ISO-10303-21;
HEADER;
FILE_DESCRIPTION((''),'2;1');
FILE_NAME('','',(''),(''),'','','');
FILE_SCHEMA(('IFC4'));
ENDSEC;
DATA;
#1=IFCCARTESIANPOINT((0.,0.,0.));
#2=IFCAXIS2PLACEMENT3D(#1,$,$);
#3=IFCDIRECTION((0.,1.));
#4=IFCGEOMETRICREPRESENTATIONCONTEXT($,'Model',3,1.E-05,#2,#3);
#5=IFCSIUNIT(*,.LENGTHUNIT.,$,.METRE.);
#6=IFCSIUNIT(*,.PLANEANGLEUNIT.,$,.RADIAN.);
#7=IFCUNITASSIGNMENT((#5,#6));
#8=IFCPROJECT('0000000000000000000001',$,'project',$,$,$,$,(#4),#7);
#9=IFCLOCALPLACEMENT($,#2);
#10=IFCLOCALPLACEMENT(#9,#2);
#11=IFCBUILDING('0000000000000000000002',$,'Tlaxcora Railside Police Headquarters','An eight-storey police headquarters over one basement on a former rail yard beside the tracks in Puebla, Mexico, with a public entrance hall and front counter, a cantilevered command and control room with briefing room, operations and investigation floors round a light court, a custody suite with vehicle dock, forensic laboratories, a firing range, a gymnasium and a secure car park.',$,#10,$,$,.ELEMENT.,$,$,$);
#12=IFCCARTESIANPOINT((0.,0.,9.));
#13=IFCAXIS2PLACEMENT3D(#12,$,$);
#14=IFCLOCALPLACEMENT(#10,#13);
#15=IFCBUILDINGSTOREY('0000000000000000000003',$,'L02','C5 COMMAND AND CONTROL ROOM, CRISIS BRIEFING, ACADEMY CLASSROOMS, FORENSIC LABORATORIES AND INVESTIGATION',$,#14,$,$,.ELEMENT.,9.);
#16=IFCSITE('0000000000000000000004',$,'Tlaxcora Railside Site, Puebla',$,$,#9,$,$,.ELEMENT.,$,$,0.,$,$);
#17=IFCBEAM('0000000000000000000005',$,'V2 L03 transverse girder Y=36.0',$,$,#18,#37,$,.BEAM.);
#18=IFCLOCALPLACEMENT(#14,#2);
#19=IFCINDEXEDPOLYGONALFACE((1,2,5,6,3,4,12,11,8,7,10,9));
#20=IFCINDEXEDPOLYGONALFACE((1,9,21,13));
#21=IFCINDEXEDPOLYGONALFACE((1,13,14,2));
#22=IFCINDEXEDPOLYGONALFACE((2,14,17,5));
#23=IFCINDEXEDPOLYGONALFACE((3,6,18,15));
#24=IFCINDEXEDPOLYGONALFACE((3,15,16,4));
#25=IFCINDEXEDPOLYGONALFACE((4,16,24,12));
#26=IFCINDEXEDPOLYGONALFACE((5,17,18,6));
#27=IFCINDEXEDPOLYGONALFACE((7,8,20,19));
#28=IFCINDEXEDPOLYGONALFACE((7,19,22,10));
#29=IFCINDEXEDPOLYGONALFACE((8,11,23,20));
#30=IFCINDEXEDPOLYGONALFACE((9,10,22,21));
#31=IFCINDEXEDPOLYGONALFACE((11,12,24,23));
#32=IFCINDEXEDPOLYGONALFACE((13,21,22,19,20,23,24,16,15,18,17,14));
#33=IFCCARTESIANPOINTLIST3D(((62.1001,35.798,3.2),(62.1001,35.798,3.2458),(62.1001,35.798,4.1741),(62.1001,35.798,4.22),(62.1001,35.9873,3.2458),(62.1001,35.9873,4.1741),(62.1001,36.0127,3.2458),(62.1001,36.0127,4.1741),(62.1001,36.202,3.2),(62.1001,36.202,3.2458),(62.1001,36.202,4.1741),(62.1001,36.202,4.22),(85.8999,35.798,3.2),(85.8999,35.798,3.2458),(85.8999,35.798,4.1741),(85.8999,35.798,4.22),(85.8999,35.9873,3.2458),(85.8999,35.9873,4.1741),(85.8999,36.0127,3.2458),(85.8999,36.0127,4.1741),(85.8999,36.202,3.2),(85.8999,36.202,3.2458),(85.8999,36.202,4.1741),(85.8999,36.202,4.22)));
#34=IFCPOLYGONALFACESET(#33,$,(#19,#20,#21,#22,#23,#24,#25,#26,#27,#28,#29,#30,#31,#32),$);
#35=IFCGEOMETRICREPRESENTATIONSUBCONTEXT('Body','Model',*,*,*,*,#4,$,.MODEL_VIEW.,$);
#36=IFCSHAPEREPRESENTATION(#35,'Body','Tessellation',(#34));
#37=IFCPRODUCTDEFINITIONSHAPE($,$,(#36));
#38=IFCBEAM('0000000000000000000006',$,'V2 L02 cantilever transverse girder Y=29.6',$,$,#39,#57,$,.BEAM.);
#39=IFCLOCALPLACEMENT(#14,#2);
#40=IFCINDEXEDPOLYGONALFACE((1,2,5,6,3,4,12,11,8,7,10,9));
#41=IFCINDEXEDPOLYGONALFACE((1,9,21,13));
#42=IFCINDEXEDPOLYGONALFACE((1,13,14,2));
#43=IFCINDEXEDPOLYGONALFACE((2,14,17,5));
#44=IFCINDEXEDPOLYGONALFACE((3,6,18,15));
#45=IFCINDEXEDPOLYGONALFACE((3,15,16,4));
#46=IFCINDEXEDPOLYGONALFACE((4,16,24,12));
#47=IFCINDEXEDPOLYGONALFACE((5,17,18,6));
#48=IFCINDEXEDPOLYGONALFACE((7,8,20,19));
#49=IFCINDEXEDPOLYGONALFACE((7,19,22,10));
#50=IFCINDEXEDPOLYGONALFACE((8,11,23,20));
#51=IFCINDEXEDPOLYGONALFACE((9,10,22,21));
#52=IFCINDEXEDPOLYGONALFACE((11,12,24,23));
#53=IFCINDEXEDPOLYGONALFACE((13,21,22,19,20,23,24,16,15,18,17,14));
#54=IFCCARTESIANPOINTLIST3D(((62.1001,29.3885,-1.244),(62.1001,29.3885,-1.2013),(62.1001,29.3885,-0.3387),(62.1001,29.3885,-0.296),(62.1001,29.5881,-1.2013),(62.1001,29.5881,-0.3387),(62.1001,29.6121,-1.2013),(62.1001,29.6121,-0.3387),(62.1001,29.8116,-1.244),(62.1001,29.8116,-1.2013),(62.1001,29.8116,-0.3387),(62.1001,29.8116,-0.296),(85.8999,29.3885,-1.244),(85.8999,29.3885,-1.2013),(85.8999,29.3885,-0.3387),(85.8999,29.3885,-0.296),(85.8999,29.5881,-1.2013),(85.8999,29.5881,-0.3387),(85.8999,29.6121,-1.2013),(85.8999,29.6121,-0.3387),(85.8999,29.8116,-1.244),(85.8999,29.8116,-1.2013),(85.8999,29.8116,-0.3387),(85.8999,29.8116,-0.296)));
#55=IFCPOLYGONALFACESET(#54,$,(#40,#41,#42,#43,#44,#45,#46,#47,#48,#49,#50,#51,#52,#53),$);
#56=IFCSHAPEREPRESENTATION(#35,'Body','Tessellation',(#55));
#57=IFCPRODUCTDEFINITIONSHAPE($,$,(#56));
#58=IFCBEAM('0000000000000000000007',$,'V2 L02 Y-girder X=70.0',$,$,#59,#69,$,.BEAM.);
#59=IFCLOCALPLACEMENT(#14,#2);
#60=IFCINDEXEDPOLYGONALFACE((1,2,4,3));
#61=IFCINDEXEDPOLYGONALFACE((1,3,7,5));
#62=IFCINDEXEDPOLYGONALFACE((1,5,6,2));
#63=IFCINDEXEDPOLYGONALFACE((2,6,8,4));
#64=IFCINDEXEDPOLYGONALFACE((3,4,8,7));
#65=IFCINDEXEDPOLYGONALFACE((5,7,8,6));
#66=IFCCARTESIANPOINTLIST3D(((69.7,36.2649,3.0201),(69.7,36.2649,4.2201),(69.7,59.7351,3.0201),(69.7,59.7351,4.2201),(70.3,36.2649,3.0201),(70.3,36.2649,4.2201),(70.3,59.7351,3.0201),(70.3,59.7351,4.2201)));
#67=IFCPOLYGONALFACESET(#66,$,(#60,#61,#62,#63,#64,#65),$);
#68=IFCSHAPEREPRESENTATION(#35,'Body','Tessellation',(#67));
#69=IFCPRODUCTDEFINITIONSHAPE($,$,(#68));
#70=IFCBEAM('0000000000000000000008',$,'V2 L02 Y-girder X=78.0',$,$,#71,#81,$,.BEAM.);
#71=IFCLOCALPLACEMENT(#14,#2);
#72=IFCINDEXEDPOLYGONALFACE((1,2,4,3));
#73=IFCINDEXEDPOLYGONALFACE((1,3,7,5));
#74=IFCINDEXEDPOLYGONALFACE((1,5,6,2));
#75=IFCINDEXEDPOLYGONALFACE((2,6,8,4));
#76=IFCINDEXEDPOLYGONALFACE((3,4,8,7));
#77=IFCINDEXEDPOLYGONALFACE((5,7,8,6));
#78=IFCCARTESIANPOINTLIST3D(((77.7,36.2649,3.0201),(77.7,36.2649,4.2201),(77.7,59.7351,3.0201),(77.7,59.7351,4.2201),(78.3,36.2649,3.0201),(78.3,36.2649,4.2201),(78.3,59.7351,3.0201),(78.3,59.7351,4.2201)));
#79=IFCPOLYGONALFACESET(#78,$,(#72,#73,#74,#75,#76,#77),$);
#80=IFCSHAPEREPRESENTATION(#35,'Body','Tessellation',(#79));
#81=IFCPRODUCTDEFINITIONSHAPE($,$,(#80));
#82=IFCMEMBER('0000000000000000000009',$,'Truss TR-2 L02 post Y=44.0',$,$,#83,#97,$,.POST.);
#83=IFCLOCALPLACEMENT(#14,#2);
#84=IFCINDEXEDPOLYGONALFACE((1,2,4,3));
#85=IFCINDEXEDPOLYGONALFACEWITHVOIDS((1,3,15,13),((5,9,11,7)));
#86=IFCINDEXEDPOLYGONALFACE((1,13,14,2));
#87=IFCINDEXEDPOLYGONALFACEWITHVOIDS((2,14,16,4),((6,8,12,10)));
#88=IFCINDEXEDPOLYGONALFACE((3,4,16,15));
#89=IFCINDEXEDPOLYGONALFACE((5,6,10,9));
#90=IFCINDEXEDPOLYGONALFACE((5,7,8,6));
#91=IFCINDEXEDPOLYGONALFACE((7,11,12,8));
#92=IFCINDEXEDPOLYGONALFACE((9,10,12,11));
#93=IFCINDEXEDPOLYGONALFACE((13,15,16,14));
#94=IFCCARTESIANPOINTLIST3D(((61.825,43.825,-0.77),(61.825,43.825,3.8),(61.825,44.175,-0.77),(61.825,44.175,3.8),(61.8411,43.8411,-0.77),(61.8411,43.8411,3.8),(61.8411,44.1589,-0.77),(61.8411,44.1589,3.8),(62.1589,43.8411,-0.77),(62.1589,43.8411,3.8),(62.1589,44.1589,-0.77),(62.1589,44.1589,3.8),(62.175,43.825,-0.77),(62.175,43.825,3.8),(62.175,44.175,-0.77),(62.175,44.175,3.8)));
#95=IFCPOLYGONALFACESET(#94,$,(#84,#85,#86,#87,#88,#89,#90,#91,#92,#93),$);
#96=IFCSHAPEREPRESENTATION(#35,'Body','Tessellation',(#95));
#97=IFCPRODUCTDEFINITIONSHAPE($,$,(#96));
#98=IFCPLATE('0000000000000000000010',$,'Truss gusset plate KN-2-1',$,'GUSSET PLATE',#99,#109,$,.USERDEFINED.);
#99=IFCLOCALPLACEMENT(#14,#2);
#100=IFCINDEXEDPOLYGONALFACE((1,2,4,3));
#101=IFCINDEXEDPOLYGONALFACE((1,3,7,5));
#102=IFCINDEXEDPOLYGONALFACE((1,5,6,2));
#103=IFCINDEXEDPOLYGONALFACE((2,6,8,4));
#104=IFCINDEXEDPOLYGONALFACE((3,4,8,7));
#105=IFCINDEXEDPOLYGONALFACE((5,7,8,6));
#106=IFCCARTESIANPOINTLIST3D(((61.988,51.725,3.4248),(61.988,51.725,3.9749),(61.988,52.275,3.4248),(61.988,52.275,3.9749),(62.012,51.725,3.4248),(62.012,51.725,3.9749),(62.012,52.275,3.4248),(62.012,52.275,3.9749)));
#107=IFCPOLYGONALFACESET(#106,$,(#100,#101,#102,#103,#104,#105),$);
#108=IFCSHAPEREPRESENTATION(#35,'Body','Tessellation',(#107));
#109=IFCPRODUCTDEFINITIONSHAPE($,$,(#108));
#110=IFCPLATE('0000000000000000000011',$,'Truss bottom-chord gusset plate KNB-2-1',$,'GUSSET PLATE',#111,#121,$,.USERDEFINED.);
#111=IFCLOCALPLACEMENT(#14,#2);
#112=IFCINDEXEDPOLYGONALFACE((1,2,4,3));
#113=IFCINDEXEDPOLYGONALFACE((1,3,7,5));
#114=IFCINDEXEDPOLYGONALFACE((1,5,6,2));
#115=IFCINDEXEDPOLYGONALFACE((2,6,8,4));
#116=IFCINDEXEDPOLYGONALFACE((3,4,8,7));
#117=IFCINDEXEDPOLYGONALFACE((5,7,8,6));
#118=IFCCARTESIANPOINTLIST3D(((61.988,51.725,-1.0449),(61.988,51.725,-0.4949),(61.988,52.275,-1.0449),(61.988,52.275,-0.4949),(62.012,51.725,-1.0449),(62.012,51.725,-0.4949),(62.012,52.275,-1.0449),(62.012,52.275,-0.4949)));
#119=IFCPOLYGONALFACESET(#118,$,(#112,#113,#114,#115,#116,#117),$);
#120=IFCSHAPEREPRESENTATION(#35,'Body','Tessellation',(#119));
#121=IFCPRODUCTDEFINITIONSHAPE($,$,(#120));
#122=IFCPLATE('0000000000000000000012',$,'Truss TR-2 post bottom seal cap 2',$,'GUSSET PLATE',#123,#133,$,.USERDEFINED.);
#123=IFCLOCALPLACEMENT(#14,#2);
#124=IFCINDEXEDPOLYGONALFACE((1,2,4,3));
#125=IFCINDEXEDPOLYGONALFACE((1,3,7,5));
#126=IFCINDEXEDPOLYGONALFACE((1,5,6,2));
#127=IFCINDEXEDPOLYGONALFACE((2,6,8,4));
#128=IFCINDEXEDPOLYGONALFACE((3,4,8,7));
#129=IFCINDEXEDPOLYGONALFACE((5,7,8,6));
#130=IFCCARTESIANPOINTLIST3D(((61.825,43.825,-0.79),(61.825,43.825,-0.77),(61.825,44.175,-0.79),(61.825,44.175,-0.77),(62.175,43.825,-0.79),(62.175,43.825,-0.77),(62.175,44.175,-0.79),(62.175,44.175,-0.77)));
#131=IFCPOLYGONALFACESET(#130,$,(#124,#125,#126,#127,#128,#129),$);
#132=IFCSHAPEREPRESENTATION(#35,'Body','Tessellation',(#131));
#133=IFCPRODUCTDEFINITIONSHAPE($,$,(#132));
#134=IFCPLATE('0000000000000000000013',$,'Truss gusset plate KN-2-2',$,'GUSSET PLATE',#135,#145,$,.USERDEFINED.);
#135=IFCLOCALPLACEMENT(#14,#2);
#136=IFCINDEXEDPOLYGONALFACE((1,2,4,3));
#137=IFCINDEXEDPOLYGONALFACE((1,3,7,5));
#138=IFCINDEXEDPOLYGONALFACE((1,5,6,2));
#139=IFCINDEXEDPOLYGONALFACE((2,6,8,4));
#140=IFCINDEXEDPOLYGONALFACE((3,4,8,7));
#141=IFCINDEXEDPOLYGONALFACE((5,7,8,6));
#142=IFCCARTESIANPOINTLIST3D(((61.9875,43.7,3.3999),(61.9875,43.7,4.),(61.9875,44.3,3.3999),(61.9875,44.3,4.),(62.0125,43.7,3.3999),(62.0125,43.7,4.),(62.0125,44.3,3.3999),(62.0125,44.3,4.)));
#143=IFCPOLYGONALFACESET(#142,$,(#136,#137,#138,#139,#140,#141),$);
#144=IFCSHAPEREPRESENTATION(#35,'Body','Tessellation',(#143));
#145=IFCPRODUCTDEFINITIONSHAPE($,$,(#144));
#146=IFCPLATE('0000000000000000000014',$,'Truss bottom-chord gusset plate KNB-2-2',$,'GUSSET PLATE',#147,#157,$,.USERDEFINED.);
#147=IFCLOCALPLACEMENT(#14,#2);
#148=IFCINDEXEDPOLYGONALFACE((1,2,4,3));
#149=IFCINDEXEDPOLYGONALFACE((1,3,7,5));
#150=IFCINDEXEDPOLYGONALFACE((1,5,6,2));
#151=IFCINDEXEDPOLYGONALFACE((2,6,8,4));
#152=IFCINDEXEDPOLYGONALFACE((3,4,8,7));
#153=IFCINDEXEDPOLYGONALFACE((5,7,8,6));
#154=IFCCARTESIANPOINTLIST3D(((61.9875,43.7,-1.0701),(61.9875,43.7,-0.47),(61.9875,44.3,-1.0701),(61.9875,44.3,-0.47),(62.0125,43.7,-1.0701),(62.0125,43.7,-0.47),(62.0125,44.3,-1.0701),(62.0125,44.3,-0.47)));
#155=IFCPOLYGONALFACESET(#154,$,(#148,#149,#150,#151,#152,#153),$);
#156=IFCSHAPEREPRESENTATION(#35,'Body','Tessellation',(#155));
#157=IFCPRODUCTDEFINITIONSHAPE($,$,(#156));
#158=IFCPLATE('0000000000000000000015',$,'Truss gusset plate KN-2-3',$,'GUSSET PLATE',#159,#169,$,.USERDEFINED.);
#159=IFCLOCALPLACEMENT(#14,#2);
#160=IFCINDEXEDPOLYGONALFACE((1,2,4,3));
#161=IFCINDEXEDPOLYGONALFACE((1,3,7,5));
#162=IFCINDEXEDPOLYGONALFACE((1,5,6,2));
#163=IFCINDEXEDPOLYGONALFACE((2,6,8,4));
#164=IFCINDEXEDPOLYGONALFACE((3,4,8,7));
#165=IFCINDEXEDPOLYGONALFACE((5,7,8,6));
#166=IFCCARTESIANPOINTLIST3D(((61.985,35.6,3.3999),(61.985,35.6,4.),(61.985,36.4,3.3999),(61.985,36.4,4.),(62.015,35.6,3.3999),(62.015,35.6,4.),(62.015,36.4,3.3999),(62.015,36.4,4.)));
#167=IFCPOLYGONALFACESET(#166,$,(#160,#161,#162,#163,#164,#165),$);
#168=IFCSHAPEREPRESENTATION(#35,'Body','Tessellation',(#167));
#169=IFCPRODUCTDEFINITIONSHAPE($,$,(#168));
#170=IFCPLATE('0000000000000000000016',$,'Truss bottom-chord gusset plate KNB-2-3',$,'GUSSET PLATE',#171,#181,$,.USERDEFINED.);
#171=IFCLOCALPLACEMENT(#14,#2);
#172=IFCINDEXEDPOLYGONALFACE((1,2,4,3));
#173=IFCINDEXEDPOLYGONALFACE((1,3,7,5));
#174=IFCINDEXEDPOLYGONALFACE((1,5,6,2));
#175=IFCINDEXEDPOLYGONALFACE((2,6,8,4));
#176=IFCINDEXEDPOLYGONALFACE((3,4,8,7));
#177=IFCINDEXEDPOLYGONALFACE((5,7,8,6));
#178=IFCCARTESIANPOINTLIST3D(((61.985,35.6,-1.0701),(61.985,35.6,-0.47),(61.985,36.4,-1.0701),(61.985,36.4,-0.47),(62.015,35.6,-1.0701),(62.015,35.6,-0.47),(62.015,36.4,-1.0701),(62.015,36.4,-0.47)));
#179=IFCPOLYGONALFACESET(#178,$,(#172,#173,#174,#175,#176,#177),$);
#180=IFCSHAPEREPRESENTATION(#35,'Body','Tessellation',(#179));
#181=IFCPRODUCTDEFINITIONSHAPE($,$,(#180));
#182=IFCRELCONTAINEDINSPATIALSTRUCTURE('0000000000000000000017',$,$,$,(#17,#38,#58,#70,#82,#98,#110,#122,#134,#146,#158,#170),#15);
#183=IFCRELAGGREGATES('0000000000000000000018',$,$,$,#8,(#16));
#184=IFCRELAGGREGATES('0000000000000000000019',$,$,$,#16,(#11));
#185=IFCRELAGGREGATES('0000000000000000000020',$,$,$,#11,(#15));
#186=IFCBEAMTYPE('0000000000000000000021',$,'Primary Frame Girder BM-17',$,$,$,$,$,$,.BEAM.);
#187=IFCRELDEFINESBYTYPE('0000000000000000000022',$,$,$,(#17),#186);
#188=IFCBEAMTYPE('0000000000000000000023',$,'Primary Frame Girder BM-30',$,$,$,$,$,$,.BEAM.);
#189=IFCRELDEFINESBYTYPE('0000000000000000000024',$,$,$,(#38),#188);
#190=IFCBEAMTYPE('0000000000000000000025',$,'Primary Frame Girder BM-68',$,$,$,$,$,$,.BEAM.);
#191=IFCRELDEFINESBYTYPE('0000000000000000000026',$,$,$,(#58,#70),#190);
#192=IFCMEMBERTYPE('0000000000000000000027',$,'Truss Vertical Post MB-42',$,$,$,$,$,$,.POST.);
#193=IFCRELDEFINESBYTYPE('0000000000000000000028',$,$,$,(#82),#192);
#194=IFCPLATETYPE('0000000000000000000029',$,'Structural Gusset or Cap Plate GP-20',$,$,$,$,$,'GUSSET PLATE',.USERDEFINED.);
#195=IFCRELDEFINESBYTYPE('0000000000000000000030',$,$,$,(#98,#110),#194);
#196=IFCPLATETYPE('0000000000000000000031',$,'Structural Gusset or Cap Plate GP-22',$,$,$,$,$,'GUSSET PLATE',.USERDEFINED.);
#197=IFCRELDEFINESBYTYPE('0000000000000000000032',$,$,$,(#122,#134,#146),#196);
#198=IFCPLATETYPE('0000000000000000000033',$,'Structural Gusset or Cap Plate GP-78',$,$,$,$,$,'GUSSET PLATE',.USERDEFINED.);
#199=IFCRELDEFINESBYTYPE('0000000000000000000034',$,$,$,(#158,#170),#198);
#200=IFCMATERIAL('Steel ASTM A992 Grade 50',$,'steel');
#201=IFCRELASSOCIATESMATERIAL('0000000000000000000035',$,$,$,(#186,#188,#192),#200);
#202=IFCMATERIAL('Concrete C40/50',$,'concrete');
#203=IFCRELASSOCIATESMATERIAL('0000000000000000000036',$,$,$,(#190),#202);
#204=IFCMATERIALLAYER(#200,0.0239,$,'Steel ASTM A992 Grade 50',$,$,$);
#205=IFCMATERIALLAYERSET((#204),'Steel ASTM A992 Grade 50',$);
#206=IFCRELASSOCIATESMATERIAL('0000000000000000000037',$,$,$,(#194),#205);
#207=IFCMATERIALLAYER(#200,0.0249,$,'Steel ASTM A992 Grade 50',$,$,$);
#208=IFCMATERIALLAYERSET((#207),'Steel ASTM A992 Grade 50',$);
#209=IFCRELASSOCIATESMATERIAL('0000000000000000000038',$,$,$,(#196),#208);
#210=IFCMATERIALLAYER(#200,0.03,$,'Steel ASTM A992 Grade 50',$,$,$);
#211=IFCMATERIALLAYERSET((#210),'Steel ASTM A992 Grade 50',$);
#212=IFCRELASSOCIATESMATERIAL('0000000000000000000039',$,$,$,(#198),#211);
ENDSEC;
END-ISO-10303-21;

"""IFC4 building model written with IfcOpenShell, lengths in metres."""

from ifc_helpers import new_model, si_unit, direction, frame, origin, origin_2d, place, context, subcontext, project, spatial, rectangle, hollow_rectangle, i_section, extrude, material, layer, layer_set, material_profile, profile_set, type_object, element, save


model = new_model("IFC4")

# Units and contexts
model_context = context("Model", 3, precision=1e-05, world=origin(), true_north=direction((0.0, 1.0)))
body_context = subcontext(model_context, "Body", "Model", "MODEL_VIEW")
ifc_project = project(units=[si_unit("LENGTHUNIT", "METRE"), si_unit("PLANEANGLEUNIT", "RADIAN")], contexts=[model_context])

# Site, building, storey
site_placement = place(None, origin())
site = spatial("IfcSite", under=ifc_project, at=site_placement, Name="Tlaxcora Railside Site, Puebla", CompositionType="ELEMENT", RefElevation=0.0)
building_placement = place(site_placement, origin())
building = spatial("IfcBuilding", under=site, at=building_placement, Name="Tlaxcora Railside Police Headquarters", Description="An eight-storey police headquarters over one basement on a former rail yard beside the tracks in Puebla, Mexico, with a public entrance hall and front counter, a cantilevered command and control room with briefing room, operations and investigation floors round a light court, a custody suite with vehicle dock, forensic laboratories, a firing range, a gymnasium and a secure car park.", CompositionType="ELEMENT")
storey_placement = place(building_placement, frame((0.0, 0.0, 9.0)))
storey = spatial("IfcBuildingStorey", under=building, at=storey_placement, Name="L02", Description="C5 COMMAND AND CONTROL ROOM, CRISIS BRIEFING, ACADEMY CLASSROOMS, FORENSIC LABORATORIES AND INVESTIGATION", CompositionType="ELEMENT", Elevation=9.0)

# Shared definitions
ifc_material_1 = material(Name="Concrete C40/50", Category="concrete")

# Shared definitions
ifc_material_2 = material(Name="Steel ASTM A992 Grade 50", Category="steel")

# Beams
ifc_material_profile_1 = material_profile(ifc_material_2, i_section(OverallWidth=0.4041, OverallDepth=1.02, WebThickness=0.0254, FlangeThickness=0.0459, at=origin_2d()), Name="W40X324")
ifc_profile_set_1 = profile_set([ifc_material_profile_1], Name="Steel ASTM A992 Grade 50")
beam_type_1 = type_object("IfcBeamType", Name="Primary Frame Girder BM-17", PredefinedType="BEAM", material=ifc_profile_set_1)
for number, where, z_axis, x_axis, name in (
    (1, (62.1001, 36.0, 3.71), (1.0, 0.0, 0.0), (0.0, 1.0, 0.0), "V2 L03 transverse girder Y=36.0"),
):
    element("IfcBeam", number, at=place(storey_placement, frame(where, z_axis=z_axis, x_axis=x_axis)), inside=storey, type_object=beam_type_1, Name=name, PredefinedType="BEAM", context=body_context, shape_type="SweptSolid", body=[
        extrude(i_section(OverallWidth=0.4041, OverallDepth=1.02, WebThickness=0.0254, FlangeThickness=0.0459, at=origin_2d()), origin(), (0.0, 0.0, 1.0), 23.7998),
    ])
ifc_material_profile_2 = material_profile(ifc_material_2, i_section(OverallWidth=0.4231, OverallDepth=0.948, WebThickness=0.0239, FlangeThickness=0.0427, at=origin_2d()), Name="W36X302")
ifc_profile_set_2 = profile_set([ifc_material_profile_2], Name="Steel ASTM A992 Grade 50")
beam_type_2 = type_object("IfcBeamType", Name="Primary Frame Girder BM-30", PredefinedType="BEAM", material=ifc_profile_set_2)
beam_placement = place(storey_placement, frame((62.1001, 29.6001, -0.77), z_axis=(1.0, 0.0, 0.0), x_axis=(0.0, 1.0, 0.0)))
element("IfcBeam", 2, at=beam_placement, inside=storey, type_object=beam_type_2, Name="V2 L02 cantilever transverse girder Y=29.6", PredefinedType="BEAM", context=body_context, shape_type="SweptSolid", body=[
    extrude(i_section(OverallWidth=0.4231, OverallDepth=0.948, WebThickness=0.0239, FlangeThickness=0.0427, at=origin_2d()), origin(), (0.0, 0.0, 1.0), 23.7998),
])
ifc_material_profile_3 = material_profile(ifc_material_1, rectangle(XDim=0.6001, YDim=1.2, at=origin_2d()), Name="RC600X1200")
ifc_profile_set_3 = profile_set([ifc_material_profile_3], Name="Concrete C40/50")
beam_type_3 = type_object("IfcBeamType", Name="Primary Frame Girder BM-68", PredefinedType="BEAM", material=ifc_profile_set_3)
for number, where, z_axis, x_axis, name in (
    (3, (70.0, 36.2649, 3.6201), (0.0, 1.0, 0.0), (-1.0, 0.0, 0.0), "V2 L02 Y-girder X=70.0"),
    (4, (78.0, 36.2649, 3.6201), (0.0, 1.0, 0.0), (-1.0, 0.0, 0.0), "V2 L02 Y-girder X=78.0"),
):
    element("IfcBeam", number, at=place(storey_placement, frame(where, z_axis=z_axis, x_axis=x_axis)), inside=storey, type_object=beam_type_3, Name=name, PredefinedType="BEAM", context=body_context, shape_type="SweptSolid", body=[
        extrude(rectangle(XDim=0.6001, YDim=1.2, at=origin_2d()), origin(), (0.0, 0.0, 1.0), 23.4702),
    ])

# Member
ifc_material_profile_4 = material_profile(ifc_material_2, hollow_rectangle(XDim=0.3501, YDim=0.3501, WallThickness=0.0161, at=origin_2d()), Name="HSS350X350X16")
ifc_profile_set_4 = profile_set([ifc_material_profile_4], Name="Steel ASTM A992 Grade 50")
member_type_1 = type_object("IfcMemberType", Name="Truss Vertical Post MB-42", PredefinedType="POST", material=ifc_profile_set_4)
member_1_placement = place(storey_placement, frame((62.0, 44.0, -0.77), z_axis=(0.0, 0.0, 1.0), x_axis=(1.0, 0.0, 0.0)))
element("IfcMember", 5, at=member_1_placement, inside=storey, type_object=member_type_1, Name="Truss TR-2 L02 post Y=44.0", PredefinedType="POST", context=body_context, shape_type="SweptSolid", body=[
    extrude(hollow_rectangle(XDim=0.3501, YDim=0.3501, WallThickness=0.0161, at=origin_2d()), origin(), (0.0, 0.0, 1.0), 4.5701),
])

# Plates
ifc_layer_1 = layer(ifc_material_2, 0.0239, Name="Steel ASTM A992 Grade 50")
ifc_layer_set_1 = layer_set([ifc_layer_1], Name="Steel ASTM A992 Grade 50")
plate_type_1 = type_object("IfcPlateType", Name="Structural Gusset or Cap Plate GP-20", ElementType="GUSSET PLATE", PredefinedType="USERDEFINED", material=ifc_layer_set_1)
for number, where, z_axis, x_axis, name in (
    (6, (62.0, 52.0, 3.4248), (0.0, 0.0, 1.0), (0.0, 1.0, 0.0), "Truss gusset plate KN-2-1"),
    (7, (62.0, 52.0, -1.0449), (0.0, 0.0, 1.0), (0.0, 1.0, 0.0), "Truss bottom-chord gusset plate KNB-2-1"),
):
    element("IfcPlate", number, at=place(storey_placement, frame(where, z_axis=z_axis, x_axis=x_axis)), inside=storey, type_object=plate_type_1, Name=name, ObjectType="GUSSET PLATE", PredefinedType="USERDEFINED", context=body_context, shape_type="SweptSolid", body=[
        extrude(rectangle(XDim=0.55, YDim=0.0239, at=origin_2d()), origin(), (0.0, 0.0, 1.0), 0.55),
    ])
ifc_layer_2 = layer(ifc_material_2, 0.0249, Name="Steel ASTM A992 Grade 50")
ifc_layer_set_2 = layer_set([ifc_layer_2], Name="Steel ASTM A992 Grade 50")
plate_type_2 = type_object("IfcPlateType", Name="Structural Gusset or Cap Plate GP-22", ElementType="GUSSET PLATE", PredefinedType="USERDEFINED", material=ifc_layer_set_2)
plate_placement = place(storey_placement, frame((62.0, 44.0, -0.79), z_axis=(0.0, 0.0, 1.0), x_axis=(1.0, 0.0, 0.0)))
element("IfcPlate", 8, at=plate_placement, inside=storey, type_object=plate_type_2, Name="Truss TR-2 post bottom seal cap 2", ObjectType="GUSSET PLATE", PredefinedType="USERDEFINED", context=body_context, shape_type="SweptSolid", body=[
    extrude(rectangle(XDim=0.3501, YDim=0.3501, at=origin_2d()), origin(), (0.0, 0.0, 1.0), 0.02),
])
for number, where, z_axis, x_axis, name in (
    (9, (62.0, 44.0, 3.3999), (0.0, 0.0, 1.0), (0.0, 1.0, 0.0), "Truss gusset plate KN-2-2"),
    (10, (62.0, 44.0, -1.0701), (0.0, 0.0, 1.0), (0.0, 1.0, 0.0), "Truss bottom-chord gusset plate KNB-2-2"),
):
    element("IfcPlate", number, at=place(storey_placement, frame(where, z_axis=z_axis, x_axis=x_axis)), inside=storey, type_object=plate_type_2, Name=name, ObjectType="GUSSET PLATE", PredefinedType="USERDEFINED", context=body_context, shape_type="SweptSolid", body=[
        extrude(rectangle(XDim=0.6001, YDim=0.0249, at=origin_2d()), origin(), (0.0, 0.0, 1.0), 0.6001),
    ])
ifc_layer_3 = layer(ifc_material_2, 0.03, Name="Steel ASTM A992 Grade 50")
ifc_layer_set_3 = layer_set([ifc_layer_3], Name="Steel ASTM A992 Grade 50")
plate_type_3 = type_object("IfcPlateType", Name="Structural Gusset or Cap Plate GP-78", ElementType="GUSSET PLATE", PredefinedType="USERDEFINED", material=ifc_layer_set_3)
for number, where, z_axis, x_axis, name in (
    (11, (62.0, 36.0, 3.3999), (0.0, 0.0, 1.0), (0.0, 1.0, 0.0), "Truss gusset plate KN-2-3"),
    (12, (62.0, 36.0, -1.0701), (0.0, 0.0, 1.0), (0.0, 1.0, 0.0), "Truss bottom-chord gusset plate KNB-2-3"),
):
    element("IfcPlate", number, at=place(storey_placement, frame(where, z_axis=z_axis, x_axis=x_axis)), inside=storey, type_object=plate_type_3, Name=name, ObjectType="GUSSET PLATE", PredefinedType="USERDEFINED", context=body_context, shape_type="SweptSolid", body=[
        extrude(rectangle(XDim=0.8, YDim=0.03, at=origin_2d()), origin(), (0.0, 0.0, 1.0), 0.6001),
    ])

save(model, "model.ifc")
